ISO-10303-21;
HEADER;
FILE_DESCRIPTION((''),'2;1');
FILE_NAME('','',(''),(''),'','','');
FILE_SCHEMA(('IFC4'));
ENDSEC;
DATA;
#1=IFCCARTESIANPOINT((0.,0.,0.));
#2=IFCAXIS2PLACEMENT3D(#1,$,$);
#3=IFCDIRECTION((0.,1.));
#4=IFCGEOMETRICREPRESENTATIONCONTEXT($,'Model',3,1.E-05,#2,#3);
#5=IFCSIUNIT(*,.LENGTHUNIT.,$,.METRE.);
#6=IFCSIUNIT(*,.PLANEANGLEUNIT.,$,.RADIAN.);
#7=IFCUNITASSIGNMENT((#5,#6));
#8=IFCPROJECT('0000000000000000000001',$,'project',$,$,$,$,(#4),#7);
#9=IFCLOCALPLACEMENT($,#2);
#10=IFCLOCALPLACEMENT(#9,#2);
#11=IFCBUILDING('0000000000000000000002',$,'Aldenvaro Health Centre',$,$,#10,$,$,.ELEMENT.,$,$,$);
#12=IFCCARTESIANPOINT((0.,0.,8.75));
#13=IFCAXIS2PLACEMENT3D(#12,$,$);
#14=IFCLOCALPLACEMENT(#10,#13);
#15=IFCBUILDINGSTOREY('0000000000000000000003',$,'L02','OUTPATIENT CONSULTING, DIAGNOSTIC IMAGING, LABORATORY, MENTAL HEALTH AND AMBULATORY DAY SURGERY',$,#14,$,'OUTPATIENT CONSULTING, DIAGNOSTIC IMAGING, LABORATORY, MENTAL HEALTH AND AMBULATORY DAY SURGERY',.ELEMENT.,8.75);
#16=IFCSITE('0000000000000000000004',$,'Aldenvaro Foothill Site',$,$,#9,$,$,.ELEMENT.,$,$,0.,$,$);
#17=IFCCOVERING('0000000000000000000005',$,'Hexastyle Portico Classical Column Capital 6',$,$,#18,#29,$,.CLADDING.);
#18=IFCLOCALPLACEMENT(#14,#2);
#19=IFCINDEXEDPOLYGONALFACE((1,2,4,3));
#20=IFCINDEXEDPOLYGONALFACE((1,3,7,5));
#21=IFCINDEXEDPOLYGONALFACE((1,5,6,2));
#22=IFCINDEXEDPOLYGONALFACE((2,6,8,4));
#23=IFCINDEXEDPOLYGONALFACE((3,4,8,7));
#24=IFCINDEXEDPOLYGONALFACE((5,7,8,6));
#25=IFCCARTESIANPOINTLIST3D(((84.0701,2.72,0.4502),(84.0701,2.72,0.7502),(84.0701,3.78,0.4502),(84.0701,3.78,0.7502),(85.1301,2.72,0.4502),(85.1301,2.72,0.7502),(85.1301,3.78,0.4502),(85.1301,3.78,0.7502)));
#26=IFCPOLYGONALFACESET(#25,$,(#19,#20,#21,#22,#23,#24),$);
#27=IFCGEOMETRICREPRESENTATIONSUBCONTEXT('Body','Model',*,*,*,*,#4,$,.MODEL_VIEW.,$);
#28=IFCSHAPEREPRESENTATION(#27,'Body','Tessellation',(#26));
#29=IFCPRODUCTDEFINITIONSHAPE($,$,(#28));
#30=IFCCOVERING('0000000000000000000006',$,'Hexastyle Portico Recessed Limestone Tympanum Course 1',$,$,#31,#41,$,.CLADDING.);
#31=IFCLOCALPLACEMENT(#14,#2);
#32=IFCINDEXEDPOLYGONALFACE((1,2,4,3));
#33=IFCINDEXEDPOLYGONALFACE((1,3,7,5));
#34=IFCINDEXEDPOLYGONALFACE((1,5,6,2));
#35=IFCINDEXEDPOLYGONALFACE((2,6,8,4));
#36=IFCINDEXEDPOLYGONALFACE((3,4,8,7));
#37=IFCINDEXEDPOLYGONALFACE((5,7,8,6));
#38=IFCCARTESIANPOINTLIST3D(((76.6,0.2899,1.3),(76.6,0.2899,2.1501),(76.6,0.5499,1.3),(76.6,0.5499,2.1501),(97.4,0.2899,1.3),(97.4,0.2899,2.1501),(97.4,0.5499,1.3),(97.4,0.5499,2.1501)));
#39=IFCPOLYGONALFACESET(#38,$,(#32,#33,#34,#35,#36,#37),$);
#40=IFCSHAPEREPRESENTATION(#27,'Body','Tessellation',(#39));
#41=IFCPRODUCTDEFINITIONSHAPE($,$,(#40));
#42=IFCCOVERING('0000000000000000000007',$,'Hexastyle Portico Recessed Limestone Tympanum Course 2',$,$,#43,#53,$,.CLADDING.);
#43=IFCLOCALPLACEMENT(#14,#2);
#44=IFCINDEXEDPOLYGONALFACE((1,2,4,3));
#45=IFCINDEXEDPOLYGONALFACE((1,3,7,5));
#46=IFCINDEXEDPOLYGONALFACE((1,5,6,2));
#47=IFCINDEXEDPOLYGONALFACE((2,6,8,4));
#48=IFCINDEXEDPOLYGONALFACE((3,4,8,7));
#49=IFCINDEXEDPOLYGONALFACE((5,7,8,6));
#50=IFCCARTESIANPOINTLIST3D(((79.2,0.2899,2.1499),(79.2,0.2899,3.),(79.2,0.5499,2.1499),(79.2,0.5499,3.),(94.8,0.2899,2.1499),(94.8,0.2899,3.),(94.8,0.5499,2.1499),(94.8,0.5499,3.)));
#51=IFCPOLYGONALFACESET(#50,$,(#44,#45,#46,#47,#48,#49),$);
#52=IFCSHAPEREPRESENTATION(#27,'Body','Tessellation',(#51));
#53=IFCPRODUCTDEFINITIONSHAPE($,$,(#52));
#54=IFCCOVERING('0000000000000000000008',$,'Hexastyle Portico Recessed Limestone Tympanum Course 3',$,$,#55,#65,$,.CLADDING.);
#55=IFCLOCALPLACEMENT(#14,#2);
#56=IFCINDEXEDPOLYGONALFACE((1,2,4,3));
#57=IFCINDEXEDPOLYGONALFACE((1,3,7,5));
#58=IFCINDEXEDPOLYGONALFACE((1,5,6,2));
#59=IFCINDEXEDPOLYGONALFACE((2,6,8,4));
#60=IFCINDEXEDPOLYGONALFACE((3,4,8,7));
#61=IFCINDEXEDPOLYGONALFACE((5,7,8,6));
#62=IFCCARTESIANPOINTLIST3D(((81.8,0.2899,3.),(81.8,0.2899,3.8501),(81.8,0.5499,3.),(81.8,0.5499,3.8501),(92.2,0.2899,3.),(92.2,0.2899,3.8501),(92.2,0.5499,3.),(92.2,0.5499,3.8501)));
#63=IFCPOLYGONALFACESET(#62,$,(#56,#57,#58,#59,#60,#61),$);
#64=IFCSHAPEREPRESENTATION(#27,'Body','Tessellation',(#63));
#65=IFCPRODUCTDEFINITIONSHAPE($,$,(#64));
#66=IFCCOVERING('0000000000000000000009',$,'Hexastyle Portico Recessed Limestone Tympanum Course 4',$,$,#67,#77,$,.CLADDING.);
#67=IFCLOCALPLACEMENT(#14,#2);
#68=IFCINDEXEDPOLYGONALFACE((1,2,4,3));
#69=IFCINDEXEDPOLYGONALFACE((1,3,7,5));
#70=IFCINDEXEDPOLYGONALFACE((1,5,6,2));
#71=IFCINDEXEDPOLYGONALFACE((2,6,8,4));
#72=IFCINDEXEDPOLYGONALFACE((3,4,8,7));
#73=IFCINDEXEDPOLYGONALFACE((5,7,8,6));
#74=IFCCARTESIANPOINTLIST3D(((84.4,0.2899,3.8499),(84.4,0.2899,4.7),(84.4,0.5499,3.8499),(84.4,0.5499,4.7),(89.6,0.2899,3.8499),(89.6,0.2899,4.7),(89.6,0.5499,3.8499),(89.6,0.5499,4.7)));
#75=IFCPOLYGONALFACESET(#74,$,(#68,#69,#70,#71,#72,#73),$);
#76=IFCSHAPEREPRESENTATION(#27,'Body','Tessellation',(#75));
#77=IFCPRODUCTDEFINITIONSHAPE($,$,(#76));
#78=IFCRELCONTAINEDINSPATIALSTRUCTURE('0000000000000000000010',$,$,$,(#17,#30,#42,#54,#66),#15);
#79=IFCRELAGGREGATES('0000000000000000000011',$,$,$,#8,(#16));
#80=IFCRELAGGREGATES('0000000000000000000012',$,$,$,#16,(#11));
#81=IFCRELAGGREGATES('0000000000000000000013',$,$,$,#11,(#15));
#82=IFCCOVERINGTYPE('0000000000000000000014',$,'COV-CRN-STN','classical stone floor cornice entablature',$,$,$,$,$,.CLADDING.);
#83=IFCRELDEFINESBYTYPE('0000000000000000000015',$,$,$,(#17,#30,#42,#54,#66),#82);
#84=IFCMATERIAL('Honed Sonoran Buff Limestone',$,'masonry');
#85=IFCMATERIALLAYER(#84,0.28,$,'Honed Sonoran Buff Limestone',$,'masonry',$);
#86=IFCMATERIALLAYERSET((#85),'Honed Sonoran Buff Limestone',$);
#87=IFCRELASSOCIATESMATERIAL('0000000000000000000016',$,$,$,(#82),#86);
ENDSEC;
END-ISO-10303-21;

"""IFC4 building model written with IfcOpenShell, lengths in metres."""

from ifc_helpers import new_model, si_unit, direction, frame, origin, origin_2d, place, context, subcontext, project, spatial, rectangle, extrude, material, layer, layer_set, type_object, element, save


model = new_model("IFC4")

# Units and contexts
model_context = context("Model", 3, precision=1e-05, world=origin(), true_north=direction((0.0, 1.0)))
body_context = subcontext(model_context, "Body", "Model", "MODEL_VIEW")
ifc_project = project(units=[si_unit("LENGTHUNIT", "METRE"), si_unit("PLANEANGLEUNIT", "RADIAN")], contexts=[model_context])

# Site, building, storey
site_placement = place(None, origin())
site = spatial("IfcSite", under=ifc_project, at=site_placement, Name="Aldenvaro Foothill Site", CompositionType="ELEMENT", RefElevation=0.0)
building_placement = place(site_placement, origin())
building = spatial("IfcBuilding", under=site, at=building_placement, Name="Aldenvaro Health Centre", CompositionType="ELEMENT")
storey_placement = place(building_placement, frame((0.0, 0.0, 8.75)))
storey = spatial("IfcBuildingStorey", under=building, at=storey_placement, Name="L02", Description="OUTPATIENT CONSULTING, DIAGNOSTIC IMAGING, LABORATORY, MENTAL HEALTH AND AMBULATORY DAY SURGERY", LongName="OUTPATIENT CONSULTING, DIAGNOSTIC IMAGING, LABORATORY, MENTAL HEALTH AND AMBULATORY DAY SURGERY", CompositionType="ELEMENT", Elevation=8.75)

# Coverings
ifc_material_1 = material(Name="Honed Sonoran Buff Limestone", Category="masonry")
ifc_layer_1 = layer(ifc_material_1, 0.28, Name="Honed Sonoran Buff Limestone", Category="masonry")
ifc_layer_set_1 = layer_set([ifc_layer_1], Name="Honed Sonoran Buff Limestone")
covering_type = type_object("IfcCoveringType", Name="COV-CRN-STN", Description="classical stone floor cornice entablature", PredefinedType="CLADDING", material=ifc_layer_set_1)
for number, where, z_axis, x_axis, name in (
    (1, (84.6001, 3.25, 0.4502), (0.0, 0.0, 1.0), (1.0, 0.0, 0.0), "Hexastyle Portico Classical Column Capital 6"),
):
    element("IfcCovering", number, at=place(storey_placement, frame(where, z_axis=z_axis, x_axis=x_axis)), inside=storey, type_object=covering_type, Name=name, PredefinedType="CLADDING", context=body_context, shape_type="SweptSolid", body=[
        extrude(rectangle(XDim=1.0601, YDim=1.0601, at=origin_2d()), origin(), (0.0, 0.0, 1.0), 0.3),
    ])
covering_1_placement = place(storey_placement, frame((87.0, 0.4199, 1.3), z_axis=(0.0, 0.0, 1.0), x_axis=(1.0, 0.0, 0.0)))
element("IfcCovering", 2, at=covering_1_placement, inside=storey, type_object=covering_type, Name="Hexastyle Portico Recessed Limestone Tympanum Course 1", PredefinedType="CLADDING", context=body_context, shape_type="SweptSolid", body=[
    extrude(rectangle(XDim=20.8, YDim=0.26, at=origin_2d()), origin(), (0.0, 0.0, 1.0), 0.8501),
])
covering_2_placement = place(storey_placement, frame((87.0, 0.4199, 2.1499), z_axis=(0.0, 0.0, 1.0), x_axis=(1.0, 0.0, 0.0)))
element("IfcCovering", 3, at=covering_2_placement, inside=storey, type_object=covering_type, Name="Hexastyle Portico Recessed Limestone Tympanum Course 2", PredefinedType="CLADDING", context=body_context, shape_type="SweptSolid", body=[
    extrude(rectangle(XDim=15.6001, YDim=0.26, at=origin_2d()), origin(), (0.0, 0.0, 1.0), 0.8501),
])
covering_3_placement = place(storey_placement, frame((87.0, 0.4199, 3.0), z_axis=(0.0, 0.0, 1.0), x_axis=(1.0, 0.0, 0.0)))
element("IfcCovering", 4, at=covering_3_placement, inside=storey, type_object=covering_type, Name="Hexastyle Portico Recessed Limestone Tympanum Course 3", PredefinedType="CLADDING", context=body_context, shape_type="SweptSolid", body=[
    extrude(rectangle(XDim=10.3999, YDim=0.26, at=origin_2d()), origin(), (0.0, 0.0, 1.0), 0.8501),
])
covering_4_placement = place(storey_placement, frame((87.0, 0.4199, 3.8499), z_axis=(0.0, 0.0, 1.0), x_axis=(1.0, 0.0, 0.0)))
element("IfcCovering", 5, at=covering_4_placement, inside=storey, type_object=covering_type, Name="Hexastyle Portico Recessed Limestone Tympanum Course 4", PredefinedType="CLADDING", context=body_context, shape_type="SweptSolid", body=[
    extrude(rectangle(XDim=5.2, YDim=0.26, at=origin_2d()), origin(), (0.0, 0.0, 1.0), 0.8501),
])

save(model, "model.ifc")
